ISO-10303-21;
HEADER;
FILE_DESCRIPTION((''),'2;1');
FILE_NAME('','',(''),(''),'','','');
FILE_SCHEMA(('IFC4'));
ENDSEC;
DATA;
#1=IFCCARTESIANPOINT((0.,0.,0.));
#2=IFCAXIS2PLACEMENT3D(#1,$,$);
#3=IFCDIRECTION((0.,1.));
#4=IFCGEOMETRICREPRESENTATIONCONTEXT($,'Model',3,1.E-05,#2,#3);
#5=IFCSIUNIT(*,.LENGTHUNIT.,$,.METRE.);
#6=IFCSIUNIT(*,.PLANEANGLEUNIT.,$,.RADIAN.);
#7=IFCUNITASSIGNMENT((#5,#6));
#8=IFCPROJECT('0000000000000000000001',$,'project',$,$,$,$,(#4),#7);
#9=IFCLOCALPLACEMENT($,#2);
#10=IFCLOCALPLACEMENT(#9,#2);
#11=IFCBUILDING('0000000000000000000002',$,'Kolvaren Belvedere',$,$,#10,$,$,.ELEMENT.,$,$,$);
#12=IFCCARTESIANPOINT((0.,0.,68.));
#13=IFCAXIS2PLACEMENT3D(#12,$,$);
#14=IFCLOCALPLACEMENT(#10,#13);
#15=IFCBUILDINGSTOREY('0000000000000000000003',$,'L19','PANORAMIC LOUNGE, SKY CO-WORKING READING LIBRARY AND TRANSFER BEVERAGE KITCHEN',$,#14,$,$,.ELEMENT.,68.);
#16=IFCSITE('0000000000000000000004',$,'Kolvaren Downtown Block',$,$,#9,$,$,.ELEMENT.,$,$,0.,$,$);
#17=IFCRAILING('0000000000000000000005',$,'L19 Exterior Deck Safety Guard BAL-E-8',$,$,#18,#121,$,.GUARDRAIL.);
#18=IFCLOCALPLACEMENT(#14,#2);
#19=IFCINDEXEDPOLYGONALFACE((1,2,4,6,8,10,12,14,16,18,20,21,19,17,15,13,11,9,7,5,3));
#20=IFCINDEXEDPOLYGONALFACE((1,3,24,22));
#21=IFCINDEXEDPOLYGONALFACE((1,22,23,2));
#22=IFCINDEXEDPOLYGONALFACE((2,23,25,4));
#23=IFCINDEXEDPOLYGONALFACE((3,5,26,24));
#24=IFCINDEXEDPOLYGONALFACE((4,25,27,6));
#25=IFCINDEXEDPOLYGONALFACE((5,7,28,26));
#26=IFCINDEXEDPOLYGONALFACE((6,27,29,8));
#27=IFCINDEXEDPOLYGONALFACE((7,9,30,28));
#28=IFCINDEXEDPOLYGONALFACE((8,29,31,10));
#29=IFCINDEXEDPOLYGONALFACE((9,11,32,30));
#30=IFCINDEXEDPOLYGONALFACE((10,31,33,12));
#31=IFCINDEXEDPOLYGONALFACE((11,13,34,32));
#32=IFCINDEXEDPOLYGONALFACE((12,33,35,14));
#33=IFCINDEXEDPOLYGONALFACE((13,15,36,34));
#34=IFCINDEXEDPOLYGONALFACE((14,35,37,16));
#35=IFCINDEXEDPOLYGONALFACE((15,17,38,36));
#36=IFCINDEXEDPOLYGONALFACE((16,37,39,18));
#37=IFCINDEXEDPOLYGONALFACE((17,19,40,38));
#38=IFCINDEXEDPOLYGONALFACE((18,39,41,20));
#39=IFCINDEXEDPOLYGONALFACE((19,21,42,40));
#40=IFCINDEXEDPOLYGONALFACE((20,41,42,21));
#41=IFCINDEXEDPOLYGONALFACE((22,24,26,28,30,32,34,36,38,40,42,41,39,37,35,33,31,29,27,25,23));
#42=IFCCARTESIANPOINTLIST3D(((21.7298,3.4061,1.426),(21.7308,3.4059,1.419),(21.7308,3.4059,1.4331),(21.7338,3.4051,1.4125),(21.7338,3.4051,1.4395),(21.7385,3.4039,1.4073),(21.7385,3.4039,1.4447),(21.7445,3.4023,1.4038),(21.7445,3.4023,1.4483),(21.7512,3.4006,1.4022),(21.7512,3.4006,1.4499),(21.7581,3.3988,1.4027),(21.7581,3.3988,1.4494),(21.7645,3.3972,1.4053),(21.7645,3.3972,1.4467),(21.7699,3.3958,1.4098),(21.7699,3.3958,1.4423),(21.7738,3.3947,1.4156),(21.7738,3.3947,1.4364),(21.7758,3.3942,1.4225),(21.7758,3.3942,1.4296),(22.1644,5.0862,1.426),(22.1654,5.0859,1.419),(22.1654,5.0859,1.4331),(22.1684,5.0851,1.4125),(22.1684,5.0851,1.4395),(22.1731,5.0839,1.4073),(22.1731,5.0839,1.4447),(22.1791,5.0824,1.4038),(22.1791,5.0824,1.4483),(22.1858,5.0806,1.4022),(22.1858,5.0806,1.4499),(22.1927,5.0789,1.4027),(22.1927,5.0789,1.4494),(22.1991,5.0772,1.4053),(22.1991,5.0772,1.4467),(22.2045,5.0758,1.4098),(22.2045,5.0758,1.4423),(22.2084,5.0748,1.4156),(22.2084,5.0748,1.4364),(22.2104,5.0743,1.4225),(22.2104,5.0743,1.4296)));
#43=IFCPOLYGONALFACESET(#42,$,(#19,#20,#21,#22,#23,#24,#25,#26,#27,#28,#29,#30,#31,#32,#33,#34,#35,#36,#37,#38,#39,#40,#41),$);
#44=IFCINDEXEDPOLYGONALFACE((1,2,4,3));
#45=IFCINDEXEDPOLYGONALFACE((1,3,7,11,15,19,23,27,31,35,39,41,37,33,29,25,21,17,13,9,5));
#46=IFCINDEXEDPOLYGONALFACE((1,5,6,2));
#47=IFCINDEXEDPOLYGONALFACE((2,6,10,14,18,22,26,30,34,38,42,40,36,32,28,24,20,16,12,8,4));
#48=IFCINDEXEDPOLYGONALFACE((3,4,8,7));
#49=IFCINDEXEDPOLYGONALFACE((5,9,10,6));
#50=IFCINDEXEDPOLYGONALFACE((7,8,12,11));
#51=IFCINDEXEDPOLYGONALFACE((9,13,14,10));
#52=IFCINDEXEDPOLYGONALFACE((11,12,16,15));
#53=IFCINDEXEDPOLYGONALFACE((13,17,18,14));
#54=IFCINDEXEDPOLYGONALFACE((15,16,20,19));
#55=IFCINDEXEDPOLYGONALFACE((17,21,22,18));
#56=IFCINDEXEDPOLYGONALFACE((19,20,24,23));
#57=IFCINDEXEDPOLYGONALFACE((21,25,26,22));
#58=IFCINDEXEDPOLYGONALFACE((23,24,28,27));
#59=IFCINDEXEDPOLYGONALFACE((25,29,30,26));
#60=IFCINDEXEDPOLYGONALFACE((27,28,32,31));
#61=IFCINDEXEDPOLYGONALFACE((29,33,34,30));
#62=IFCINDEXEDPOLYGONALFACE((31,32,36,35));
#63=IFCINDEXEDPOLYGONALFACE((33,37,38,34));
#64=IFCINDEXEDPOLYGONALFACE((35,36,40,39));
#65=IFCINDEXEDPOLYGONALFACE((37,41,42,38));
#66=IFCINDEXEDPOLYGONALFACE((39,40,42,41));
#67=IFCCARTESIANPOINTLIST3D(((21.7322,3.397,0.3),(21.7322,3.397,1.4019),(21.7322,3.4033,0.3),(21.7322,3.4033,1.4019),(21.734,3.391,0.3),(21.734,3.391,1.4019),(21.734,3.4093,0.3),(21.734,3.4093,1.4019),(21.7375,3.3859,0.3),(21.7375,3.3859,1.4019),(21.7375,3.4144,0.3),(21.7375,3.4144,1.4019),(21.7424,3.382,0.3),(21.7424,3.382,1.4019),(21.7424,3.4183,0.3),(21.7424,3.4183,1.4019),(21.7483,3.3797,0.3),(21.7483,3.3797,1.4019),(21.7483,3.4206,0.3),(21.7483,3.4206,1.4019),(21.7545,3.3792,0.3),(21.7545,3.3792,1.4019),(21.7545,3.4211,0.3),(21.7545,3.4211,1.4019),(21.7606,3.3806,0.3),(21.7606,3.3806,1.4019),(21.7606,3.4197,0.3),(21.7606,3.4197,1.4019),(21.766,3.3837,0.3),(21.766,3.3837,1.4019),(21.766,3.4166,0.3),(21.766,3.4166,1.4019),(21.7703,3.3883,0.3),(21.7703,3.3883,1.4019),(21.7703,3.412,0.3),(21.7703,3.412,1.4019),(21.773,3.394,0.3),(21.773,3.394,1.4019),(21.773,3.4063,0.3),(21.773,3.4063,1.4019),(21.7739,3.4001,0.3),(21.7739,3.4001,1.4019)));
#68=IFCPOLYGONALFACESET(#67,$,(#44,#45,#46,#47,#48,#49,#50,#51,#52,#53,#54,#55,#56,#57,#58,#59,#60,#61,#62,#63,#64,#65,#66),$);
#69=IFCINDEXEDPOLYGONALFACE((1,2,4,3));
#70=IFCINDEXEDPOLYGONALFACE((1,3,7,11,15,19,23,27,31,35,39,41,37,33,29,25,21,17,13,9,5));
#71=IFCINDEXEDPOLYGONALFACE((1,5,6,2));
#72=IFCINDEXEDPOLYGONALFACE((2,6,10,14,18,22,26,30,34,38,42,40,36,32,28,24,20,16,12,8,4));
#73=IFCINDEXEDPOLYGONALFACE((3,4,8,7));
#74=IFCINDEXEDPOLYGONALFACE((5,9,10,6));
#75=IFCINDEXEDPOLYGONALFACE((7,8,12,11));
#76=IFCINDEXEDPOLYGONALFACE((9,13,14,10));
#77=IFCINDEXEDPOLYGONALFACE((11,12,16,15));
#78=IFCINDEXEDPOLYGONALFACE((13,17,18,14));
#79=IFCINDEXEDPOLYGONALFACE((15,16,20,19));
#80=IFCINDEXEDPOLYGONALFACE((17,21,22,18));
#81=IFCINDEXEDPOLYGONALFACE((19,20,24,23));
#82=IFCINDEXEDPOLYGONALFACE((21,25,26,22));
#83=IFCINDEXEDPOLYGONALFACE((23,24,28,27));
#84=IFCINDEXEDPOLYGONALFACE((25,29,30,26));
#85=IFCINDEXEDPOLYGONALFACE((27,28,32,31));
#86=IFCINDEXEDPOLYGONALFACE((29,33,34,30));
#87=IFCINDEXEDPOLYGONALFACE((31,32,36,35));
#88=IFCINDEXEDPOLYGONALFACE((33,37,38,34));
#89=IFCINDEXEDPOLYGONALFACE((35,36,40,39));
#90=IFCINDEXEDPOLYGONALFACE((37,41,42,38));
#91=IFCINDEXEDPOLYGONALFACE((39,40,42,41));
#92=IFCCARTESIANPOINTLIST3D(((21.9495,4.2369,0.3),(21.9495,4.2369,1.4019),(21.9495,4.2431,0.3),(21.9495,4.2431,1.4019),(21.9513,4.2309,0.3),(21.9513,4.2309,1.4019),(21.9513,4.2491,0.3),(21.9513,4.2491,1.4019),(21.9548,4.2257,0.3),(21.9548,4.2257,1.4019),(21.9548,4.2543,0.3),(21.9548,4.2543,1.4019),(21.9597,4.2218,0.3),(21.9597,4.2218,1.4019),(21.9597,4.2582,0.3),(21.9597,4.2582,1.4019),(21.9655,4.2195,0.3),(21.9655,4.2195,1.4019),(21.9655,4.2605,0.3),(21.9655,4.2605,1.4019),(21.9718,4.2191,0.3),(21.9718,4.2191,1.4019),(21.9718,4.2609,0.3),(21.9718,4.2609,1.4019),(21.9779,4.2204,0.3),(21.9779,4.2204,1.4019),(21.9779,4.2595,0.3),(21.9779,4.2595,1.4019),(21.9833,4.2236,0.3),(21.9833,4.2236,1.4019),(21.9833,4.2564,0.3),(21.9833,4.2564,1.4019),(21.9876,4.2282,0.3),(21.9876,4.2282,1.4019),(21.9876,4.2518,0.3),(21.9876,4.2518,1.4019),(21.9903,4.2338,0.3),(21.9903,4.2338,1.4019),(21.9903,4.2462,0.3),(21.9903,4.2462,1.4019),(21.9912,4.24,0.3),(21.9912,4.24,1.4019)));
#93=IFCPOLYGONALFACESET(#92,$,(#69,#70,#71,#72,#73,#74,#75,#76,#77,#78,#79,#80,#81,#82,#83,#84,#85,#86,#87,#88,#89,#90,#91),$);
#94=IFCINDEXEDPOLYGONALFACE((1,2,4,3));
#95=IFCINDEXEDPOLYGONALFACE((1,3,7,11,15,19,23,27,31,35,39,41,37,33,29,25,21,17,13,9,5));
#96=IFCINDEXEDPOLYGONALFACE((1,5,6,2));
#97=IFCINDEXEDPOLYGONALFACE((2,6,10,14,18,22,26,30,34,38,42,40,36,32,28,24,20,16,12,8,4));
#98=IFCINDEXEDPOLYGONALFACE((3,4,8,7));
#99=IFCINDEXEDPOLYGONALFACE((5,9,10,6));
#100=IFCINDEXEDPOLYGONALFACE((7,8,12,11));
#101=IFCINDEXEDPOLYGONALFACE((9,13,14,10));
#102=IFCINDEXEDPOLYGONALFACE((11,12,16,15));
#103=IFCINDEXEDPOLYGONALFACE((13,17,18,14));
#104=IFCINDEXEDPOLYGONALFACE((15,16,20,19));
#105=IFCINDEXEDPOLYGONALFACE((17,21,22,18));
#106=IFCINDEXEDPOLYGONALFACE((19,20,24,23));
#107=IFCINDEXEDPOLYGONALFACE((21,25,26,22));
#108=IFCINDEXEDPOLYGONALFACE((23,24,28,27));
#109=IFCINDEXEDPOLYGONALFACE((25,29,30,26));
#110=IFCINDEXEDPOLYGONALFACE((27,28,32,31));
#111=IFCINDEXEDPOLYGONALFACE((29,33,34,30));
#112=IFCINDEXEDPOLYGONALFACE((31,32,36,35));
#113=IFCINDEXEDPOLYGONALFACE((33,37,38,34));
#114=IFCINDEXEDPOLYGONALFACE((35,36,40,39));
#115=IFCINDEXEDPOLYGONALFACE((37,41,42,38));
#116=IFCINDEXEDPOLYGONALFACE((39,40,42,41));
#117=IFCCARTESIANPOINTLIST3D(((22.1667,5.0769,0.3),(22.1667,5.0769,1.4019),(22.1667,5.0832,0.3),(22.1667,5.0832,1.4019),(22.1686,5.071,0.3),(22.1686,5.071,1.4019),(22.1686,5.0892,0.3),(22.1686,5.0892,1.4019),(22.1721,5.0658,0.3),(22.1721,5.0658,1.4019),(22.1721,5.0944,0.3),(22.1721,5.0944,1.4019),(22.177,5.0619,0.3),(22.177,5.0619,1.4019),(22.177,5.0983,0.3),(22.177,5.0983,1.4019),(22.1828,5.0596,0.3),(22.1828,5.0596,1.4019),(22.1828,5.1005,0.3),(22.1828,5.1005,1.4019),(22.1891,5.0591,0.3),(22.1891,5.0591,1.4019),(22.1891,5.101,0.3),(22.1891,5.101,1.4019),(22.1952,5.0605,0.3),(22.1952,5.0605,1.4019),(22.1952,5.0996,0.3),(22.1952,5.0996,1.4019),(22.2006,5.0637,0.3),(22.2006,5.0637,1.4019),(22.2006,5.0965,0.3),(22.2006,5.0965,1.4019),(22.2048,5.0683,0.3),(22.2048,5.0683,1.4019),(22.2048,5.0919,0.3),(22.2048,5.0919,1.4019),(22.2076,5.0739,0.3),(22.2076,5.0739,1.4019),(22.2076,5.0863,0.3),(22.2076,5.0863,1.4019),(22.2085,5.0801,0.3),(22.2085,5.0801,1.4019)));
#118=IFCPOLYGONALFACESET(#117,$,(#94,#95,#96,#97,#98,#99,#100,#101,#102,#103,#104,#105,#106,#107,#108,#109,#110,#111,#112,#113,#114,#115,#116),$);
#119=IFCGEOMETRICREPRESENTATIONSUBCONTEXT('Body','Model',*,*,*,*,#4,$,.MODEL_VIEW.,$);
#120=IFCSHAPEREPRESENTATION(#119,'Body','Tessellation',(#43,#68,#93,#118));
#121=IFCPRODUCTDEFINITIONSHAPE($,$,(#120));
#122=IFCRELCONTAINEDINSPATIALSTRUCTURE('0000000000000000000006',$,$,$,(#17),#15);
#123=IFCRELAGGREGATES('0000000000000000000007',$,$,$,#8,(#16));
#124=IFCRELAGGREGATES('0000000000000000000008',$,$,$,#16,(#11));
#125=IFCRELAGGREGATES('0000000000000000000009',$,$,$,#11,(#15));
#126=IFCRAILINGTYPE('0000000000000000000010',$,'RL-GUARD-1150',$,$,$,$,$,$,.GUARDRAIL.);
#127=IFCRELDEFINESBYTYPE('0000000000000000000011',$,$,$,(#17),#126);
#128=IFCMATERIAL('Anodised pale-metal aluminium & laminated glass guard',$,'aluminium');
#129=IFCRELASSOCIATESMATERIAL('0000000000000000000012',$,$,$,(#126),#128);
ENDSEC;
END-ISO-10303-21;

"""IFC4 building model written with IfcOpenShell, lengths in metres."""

from ifc_helpers import new_model, si_unit, direction, frame, origin, origin_2d, place, context, subcontext, project, spatial, circle, extrude, material, type_object, element, save


model = new_model("IFC4")

# Units and contexts
model_context = context("Model", 3, precision=1e-05, world=origin(), true_north=direction((0.0, 1.0)))
body_context = subcontext(model_context, "Body", "Model", "MODEL_VIEW")
ifc_project = project(units=[si_unit("LENGTHUNIT", "METRE"), si_unit("PLANEANGLEUNIT", "RADIAN")], contexts=[model_context])

# Site, building, storey
site_placement = place(None, origin())
site = spatial("IfcSite", under=ifc_project, at=site_placement, Name="Kolvaren Downtown Block", CompositionType="ELEMENT", RefElevation=0.0)
building_placement = place(site_placement, origin())
building = spatial("IfcBuilding", under=site, at=building_placement, Name="Kolvaren Belvedere", CompositionType="ELEMENT")
storey_placement = place(building_placement, frame((0.0, 0.0, 68.0)))
storey = spatial("IfcBuildingStorey", under=building, at=storey_placement, Name="L19", Description="PANORAMIC LOUNGE, SKY CO-WORKING READING LIBRARY AND TRANSFER BEVERAGE KITCHEN", CompositionType="ELEMENT", Elevation=68.0)

# Railing
ifc_material_1 = material(Name="Anodised pale-metal aluminium & laminated glass guard", Category="aluminium")
railing_type = type_object("IfcRailingType", Name="RL-GUARD-1150", PredefinedType="GUARDRAIL", material=ifc_material_1)
railing_1_placement = place(storey_placement, frame((21.7529, 3.4001, 0.3)))
element("IfcRailing", 1, at=railing_1_placement, inside=storey, type_object=railing_type, Name="L19 Exterior Deck Safety Guard BAL-E-8", PredefinedType="GUARDRAIL", context=body_context, shape_type="SweptSolid", body=[
    extrude(circle(Radius=0.0239, at=origin_2d()), frame((0.0, 0.0, 1.126), z_axis=(0.25044, 0.968132, 0.0), x_axis=(-0.968132, 0.25044, 0.0)), (0.0, 0.0, 1.0), 1.7354),
    extrude(circle(Radius=0.021, at=origin_2d()), origin(), (0.0, 0.0, 1.0), 1.1018),
    extrude(circle(Radius=0.021, at=origin_2d()), frame((0.2173, 0.8398, 0.0)), (0.0, 0.0, 1.0), 1.1018),
    extrude(circle(Radius=0.021, at=origin_2d()), frame((0.4346, 1.6799, 0.0)), (0.0, 0.0, 1.0), 1.1018),
])

save(model, "model.ifc")
